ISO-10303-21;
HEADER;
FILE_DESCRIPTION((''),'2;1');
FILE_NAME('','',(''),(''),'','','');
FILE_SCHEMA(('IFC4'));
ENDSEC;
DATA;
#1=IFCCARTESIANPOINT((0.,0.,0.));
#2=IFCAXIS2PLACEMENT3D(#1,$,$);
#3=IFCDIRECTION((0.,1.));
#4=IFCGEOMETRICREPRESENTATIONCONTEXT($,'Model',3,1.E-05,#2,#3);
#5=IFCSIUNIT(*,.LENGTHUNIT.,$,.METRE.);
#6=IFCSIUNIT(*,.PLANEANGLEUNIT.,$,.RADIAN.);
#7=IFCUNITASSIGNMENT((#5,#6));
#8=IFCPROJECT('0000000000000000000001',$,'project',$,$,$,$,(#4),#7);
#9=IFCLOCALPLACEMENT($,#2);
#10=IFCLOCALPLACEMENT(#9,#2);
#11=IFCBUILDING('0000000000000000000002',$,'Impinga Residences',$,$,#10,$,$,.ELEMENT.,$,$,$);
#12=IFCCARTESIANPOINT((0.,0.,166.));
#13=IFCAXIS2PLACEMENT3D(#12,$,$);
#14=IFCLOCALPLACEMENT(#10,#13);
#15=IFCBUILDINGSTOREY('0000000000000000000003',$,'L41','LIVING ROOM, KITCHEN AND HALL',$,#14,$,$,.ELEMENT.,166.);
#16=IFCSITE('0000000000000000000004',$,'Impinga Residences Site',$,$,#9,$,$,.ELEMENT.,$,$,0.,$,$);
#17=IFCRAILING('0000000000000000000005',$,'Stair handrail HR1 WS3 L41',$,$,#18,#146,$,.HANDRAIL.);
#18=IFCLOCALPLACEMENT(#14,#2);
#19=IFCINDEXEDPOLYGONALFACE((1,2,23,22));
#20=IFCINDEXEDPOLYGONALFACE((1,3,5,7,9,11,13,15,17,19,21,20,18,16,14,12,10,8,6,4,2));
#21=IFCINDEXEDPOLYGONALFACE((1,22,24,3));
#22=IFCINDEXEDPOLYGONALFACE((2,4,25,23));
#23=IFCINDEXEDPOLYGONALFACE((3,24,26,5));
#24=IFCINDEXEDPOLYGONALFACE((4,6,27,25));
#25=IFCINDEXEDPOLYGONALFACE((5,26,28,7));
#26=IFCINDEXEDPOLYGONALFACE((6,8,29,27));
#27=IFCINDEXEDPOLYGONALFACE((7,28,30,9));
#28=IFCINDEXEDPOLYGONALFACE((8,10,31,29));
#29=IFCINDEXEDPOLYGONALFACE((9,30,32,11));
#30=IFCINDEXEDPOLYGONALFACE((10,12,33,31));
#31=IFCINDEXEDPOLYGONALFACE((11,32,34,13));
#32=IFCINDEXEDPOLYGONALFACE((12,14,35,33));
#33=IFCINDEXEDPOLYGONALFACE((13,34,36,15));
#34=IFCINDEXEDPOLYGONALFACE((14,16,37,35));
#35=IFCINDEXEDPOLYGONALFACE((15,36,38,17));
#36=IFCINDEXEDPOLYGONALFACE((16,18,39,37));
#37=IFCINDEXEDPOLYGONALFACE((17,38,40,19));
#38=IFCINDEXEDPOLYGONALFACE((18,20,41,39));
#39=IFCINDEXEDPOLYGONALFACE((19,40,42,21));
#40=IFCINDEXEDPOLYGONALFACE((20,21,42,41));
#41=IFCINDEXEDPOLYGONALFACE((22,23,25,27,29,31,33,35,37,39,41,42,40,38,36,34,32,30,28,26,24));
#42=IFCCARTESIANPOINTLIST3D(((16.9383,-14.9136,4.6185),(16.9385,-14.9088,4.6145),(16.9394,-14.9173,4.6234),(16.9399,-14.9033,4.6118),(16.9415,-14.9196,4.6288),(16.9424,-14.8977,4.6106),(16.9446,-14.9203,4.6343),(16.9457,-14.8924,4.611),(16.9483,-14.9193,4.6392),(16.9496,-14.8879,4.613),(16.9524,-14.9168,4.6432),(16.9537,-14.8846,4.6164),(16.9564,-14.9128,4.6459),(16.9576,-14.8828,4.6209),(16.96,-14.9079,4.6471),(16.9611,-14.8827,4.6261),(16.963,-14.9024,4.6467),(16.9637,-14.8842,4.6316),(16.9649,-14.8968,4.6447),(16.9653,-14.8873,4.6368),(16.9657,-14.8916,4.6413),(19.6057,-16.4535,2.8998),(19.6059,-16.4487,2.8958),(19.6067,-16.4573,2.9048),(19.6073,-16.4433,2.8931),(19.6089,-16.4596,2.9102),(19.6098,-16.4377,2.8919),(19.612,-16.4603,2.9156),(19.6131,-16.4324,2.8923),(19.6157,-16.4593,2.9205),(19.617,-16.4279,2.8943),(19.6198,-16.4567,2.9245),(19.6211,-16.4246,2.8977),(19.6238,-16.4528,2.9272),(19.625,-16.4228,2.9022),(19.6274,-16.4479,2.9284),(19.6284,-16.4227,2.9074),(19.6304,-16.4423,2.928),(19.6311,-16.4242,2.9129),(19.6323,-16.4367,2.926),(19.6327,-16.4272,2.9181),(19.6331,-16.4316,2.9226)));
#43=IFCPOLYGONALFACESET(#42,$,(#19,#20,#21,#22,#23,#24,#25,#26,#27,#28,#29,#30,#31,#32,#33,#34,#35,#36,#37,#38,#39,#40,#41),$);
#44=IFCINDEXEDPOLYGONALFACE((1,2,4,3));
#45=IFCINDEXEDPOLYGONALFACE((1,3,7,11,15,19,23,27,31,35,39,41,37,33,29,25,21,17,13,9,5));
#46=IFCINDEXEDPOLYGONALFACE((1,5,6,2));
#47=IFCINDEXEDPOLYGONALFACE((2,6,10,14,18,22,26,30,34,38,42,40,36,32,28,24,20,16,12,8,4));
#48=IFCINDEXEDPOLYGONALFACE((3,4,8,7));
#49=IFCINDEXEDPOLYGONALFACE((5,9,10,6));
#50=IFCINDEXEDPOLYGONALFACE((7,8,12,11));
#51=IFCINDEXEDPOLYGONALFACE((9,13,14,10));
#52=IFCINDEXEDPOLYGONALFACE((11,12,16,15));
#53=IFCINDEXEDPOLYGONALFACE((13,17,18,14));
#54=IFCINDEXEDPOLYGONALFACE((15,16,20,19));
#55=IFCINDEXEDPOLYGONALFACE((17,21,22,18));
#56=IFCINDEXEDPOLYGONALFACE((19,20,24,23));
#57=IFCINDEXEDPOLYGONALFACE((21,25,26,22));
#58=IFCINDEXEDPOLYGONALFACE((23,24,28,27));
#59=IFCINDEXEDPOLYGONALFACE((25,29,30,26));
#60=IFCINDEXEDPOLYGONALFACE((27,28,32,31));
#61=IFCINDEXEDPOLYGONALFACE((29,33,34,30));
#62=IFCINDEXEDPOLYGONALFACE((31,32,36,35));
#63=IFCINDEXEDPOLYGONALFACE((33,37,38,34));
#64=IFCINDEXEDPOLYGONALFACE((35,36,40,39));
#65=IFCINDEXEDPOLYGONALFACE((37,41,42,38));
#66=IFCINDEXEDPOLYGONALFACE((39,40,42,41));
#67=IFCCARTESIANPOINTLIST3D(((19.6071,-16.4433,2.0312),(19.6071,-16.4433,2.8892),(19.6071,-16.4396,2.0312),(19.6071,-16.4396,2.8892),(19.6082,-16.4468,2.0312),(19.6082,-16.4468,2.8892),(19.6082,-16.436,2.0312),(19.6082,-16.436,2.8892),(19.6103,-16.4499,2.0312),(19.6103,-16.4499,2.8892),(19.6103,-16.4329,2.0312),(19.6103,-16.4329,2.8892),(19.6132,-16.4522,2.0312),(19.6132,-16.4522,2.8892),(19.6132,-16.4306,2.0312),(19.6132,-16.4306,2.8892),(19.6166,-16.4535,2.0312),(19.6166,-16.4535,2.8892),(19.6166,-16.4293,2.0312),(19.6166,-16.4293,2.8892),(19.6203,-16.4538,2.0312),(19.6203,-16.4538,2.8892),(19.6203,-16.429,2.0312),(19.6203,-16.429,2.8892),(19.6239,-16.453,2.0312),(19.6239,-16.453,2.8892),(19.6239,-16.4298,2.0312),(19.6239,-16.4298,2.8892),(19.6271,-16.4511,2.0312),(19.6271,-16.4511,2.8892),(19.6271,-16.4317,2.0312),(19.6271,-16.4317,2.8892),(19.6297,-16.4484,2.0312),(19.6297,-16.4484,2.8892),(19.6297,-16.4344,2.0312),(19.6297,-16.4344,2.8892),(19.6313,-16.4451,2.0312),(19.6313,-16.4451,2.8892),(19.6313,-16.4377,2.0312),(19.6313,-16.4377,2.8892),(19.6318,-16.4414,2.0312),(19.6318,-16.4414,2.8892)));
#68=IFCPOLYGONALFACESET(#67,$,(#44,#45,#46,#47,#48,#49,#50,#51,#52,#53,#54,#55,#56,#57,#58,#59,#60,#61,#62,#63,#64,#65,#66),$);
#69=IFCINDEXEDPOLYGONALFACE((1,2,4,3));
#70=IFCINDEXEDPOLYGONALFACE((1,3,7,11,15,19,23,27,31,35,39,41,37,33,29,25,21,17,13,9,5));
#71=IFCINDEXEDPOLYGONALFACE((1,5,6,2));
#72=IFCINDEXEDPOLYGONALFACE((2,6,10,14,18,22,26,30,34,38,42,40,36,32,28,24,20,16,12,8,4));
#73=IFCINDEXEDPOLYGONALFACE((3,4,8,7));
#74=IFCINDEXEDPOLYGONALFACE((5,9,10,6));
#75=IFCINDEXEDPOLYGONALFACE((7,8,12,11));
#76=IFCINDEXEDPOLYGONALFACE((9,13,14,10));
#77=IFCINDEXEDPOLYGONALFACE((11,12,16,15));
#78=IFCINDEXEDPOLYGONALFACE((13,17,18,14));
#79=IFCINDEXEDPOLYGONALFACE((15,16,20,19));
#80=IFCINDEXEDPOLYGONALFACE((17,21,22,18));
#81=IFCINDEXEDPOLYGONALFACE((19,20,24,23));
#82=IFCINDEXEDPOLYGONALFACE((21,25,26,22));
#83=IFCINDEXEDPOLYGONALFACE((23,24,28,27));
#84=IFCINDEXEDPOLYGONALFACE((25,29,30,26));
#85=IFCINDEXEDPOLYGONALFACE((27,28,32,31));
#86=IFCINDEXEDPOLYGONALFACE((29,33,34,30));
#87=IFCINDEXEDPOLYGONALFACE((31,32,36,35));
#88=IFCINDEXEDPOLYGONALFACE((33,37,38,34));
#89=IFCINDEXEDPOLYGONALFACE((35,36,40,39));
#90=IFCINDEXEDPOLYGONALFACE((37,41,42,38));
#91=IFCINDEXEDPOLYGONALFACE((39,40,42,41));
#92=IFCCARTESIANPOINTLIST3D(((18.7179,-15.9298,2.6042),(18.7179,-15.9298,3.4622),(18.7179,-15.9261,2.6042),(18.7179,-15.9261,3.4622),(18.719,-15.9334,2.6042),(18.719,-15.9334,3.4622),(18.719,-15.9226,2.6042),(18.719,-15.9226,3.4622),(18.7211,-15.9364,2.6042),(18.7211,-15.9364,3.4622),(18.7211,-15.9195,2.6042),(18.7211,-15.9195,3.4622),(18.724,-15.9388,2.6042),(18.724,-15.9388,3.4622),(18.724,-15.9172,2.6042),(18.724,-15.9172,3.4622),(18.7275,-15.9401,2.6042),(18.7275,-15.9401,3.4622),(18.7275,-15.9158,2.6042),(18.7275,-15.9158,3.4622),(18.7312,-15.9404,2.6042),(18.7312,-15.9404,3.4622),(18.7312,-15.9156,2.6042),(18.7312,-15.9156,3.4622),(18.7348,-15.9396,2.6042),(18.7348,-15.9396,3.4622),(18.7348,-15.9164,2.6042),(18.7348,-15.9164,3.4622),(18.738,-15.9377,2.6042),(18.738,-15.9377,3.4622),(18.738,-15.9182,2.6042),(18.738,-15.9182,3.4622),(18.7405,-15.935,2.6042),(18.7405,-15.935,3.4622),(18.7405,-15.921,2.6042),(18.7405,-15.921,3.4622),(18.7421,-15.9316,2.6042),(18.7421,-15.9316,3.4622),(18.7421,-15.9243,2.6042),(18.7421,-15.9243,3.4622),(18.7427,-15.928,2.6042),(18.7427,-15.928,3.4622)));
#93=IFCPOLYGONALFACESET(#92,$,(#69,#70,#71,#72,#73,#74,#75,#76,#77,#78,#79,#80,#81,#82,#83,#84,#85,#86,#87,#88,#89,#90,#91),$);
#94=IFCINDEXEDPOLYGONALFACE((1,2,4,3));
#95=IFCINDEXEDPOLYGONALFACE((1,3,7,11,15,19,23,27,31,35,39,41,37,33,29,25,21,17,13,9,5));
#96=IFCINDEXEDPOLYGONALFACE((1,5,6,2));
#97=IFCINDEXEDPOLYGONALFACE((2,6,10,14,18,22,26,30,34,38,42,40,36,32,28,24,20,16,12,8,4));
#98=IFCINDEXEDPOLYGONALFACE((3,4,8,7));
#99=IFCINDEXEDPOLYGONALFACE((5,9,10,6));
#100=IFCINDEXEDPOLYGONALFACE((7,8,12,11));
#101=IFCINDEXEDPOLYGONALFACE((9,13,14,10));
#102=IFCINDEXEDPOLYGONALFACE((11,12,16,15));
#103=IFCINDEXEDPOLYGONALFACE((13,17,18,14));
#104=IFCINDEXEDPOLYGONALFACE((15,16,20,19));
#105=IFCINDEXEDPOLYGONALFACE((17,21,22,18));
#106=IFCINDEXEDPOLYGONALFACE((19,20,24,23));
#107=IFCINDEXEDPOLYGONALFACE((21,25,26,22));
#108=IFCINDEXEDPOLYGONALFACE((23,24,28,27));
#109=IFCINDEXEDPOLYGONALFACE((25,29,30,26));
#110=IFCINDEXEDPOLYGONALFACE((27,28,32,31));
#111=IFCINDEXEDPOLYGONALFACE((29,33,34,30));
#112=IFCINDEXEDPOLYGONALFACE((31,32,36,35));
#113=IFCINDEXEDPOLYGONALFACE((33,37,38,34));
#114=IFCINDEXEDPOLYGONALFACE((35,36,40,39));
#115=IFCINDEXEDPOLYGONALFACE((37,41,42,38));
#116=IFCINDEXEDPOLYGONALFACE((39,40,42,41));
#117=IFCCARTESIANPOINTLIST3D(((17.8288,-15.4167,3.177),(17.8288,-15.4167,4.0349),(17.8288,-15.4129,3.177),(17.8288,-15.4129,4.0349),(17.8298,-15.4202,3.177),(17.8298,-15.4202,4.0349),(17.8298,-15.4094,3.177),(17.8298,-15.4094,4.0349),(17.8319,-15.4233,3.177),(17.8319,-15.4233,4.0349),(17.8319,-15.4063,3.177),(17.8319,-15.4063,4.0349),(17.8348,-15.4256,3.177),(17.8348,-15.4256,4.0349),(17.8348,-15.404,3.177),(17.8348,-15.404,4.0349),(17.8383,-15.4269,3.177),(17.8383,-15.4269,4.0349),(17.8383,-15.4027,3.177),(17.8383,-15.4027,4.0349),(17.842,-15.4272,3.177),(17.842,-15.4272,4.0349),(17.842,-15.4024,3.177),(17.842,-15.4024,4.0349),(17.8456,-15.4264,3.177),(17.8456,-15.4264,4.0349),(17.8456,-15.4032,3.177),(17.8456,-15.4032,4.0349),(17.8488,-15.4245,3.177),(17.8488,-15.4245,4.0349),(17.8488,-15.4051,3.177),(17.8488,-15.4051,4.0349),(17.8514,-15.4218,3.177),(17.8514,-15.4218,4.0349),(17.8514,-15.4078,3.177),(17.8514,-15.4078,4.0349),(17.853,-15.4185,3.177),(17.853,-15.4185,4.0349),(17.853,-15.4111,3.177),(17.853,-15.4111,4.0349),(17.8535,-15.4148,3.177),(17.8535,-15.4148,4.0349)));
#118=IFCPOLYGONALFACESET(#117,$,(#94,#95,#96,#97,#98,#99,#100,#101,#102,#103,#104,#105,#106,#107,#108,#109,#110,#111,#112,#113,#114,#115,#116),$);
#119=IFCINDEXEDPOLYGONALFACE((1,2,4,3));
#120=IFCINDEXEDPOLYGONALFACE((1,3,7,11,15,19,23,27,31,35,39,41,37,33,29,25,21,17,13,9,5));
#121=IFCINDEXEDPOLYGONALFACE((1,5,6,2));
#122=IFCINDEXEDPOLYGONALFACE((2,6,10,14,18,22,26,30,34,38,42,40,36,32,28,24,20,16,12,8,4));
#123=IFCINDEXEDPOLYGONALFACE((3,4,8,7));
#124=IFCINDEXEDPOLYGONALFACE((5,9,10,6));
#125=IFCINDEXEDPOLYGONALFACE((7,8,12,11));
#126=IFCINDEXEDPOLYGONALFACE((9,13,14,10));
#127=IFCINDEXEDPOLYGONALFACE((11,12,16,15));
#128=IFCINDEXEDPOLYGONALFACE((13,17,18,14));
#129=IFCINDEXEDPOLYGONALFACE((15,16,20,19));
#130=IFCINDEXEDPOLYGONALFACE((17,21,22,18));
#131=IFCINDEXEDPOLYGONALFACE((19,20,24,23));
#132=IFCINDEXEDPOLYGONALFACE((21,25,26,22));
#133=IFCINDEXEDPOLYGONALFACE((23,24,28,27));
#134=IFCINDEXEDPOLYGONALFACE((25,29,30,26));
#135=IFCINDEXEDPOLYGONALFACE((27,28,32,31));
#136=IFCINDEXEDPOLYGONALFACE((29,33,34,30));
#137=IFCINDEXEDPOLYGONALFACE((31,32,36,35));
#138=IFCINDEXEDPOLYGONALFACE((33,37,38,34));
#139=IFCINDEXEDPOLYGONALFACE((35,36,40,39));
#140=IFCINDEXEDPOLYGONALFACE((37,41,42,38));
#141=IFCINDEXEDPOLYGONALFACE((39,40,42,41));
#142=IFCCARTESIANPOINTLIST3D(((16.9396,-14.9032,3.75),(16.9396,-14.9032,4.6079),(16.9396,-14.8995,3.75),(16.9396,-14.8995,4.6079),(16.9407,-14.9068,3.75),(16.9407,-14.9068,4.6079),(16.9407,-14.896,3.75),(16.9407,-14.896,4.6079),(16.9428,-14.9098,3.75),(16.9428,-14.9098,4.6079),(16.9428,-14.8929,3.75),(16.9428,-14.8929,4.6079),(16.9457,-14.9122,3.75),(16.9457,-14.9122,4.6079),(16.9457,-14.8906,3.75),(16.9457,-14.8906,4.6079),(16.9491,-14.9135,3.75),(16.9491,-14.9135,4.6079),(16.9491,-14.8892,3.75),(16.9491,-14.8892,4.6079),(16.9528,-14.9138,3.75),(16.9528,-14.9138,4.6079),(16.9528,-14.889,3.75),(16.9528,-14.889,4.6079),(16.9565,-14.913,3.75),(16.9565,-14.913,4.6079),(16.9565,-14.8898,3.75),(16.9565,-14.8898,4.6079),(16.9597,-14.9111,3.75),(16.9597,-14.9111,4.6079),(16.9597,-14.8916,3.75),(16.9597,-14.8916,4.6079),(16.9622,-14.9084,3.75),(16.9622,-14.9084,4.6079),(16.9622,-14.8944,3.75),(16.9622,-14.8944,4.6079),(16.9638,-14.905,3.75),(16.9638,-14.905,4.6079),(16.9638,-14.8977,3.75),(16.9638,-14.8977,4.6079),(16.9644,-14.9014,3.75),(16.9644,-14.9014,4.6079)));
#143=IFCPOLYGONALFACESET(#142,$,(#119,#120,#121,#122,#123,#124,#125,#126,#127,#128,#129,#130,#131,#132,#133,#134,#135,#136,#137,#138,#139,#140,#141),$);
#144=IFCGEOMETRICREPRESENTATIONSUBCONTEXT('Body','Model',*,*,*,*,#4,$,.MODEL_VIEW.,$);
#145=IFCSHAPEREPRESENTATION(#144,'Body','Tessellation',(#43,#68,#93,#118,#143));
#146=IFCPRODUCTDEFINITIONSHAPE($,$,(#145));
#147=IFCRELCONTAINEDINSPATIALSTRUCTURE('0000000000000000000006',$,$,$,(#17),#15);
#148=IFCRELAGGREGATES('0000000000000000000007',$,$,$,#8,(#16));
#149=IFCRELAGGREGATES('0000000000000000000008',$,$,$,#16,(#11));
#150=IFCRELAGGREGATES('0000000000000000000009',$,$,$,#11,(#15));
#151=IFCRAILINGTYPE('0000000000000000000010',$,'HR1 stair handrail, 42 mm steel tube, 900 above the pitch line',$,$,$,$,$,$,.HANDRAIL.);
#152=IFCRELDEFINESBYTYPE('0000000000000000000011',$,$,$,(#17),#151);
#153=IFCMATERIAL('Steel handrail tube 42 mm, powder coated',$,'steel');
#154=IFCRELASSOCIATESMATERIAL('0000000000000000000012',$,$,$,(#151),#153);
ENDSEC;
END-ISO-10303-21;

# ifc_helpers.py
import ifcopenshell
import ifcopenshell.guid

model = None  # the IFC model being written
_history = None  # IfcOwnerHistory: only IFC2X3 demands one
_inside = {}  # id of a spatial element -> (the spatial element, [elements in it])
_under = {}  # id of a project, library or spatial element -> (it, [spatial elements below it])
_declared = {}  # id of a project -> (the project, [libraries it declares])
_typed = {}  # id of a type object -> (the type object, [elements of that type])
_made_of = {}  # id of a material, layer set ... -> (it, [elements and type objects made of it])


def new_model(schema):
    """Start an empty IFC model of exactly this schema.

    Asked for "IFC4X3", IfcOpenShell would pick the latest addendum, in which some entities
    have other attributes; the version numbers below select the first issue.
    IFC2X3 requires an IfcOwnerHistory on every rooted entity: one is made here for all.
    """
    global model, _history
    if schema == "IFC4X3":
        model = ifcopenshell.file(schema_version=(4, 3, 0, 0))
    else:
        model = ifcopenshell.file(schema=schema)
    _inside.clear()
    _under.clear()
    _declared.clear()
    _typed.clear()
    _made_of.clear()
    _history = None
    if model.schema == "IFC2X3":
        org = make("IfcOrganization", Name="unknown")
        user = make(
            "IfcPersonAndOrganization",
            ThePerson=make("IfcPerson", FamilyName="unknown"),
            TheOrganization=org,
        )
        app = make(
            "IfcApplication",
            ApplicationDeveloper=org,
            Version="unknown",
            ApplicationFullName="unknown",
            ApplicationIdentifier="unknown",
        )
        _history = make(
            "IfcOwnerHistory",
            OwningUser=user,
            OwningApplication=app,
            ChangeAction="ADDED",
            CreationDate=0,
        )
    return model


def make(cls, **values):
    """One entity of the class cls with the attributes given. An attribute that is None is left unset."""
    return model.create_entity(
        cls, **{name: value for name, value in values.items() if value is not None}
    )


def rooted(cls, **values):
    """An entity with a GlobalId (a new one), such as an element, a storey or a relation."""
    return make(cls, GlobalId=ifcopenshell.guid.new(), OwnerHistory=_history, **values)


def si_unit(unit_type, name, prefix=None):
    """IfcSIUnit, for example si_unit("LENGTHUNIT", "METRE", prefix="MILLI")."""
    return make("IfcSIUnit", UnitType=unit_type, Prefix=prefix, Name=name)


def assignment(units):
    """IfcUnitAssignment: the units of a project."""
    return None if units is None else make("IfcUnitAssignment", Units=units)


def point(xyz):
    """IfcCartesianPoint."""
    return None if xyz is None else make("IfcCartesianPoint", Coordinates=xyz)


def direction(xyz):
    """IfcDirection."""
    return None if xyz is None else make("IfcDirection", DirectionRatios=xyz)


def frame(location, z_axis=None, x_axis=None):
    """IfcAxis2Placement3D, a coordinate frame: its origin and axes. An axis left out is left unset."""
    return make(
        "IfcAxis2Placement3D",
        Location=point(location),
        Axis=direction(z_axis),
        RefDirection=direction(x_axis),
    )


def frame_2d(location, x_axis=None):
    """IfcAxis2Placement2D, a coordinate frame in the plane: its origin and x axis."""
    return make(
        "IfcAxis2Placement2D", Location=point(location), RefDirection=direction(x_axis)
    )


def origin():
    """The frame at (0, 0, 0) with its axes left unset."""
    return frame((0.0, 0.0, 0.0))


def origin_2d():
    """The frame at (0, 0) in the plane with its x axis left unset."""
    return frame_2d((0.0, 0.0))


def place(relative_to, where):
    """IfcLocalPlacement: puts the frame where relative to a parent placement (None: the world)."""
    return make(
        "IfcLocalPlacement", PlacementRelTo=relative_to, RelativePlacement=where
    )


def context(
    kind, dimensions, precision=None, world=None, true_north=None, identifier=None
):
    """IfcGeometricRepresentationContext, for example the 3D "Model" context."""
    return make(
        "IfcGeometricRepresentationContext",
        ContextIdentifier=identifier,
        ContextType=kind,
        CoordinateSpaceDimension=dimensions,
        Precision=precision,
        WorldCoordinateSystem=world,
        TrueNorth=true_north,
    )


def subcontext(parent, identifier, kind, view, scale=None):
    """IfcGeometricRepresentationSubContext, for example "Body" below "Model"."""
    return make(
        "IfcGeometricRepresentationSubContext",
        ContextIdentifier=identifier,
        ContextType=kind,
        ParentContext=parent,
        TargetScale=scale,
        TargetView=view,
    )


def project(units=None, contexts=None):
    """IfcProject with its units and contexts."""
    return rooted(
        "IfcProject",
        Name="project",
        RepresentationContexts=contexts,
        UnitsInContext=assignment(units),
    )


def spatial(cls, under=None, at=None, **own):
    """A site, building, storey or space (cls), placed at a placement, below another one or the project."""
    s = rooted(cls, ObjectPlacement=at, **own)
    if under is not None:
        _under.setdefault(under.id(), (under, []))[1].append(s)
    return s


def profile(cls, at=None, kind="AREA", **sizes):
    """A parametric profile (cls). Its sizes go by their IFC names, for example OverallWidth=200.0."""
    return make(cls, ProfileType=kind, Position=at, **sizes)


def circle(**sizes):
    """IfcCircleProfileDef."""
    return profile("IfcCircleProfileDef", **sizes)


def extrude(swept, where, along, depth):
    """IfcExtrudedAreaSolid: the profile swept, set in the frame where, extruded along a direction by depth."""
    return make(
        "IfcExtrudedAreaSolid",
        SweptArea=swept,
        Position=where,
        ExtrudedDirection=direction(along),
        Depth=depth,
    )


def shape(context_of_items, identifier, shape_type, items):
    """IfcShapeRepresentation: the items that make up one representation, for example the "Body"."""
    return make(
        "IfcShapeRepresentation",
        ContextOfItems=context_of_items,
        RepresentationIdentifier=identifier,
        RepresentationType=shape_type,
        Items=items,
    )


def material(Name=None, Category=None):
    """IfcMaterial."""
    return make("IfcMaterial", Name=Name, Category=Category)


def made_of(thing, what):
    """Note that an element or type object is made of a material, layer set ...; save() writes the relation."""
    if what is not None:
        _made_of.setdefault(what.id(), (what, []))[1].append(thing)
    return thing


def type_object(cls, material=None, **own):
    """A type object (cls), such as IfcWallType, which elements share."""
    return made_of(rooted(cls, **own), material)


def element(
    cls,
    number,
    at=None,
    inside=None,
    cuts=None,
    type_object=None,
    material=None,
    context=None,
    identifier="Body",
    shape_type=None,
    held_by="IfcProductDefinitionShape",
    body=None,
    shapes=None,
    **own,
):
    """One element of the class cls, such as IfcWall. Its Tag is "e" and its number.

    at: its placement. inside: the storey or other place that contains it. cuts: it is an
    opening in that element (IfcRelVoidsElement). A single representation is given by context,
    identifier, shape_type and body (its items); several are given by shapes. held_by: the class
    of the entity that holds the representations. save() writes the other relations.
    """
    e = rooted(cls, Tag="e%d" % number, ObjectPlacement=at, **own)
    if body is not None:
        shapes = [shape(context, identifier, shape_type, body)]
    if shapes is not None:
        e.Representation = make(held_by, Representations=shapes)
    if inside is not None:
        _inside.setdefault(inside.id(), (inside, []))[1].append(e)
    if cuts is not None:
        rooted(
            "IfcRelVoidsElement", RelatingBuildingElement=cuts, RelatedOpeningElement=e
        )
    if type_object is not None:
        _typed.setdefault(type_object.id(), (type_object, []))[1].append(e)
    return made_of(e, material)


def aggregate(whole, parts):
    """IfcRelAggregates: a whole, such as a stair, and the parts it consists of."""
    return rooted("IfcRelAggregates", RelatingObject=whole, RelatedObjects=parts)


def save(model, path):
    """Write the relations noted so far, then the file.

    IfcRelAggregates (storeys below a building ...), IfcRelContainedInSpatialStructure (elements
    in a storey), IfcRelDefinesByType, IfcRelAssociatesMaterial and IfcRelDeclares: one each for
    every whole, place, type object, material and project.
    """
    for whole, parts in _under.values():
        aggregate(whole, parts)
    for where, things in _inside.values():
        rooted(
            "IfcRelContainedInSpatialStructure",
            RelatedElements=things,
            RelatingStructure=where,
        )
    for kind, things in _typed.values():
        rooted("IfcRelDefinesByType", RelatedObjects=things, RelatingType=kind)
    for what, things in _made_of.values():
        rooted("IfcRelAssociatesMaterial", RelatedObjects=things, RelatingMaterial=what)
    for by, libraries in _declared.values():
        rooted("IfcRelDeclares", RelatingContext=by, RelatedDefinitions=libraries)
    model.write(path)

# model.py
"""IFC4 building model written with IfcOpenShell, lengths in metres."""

from ifc_helpers import new_model, si_unit, direction, frame, origin, origin_2d, place, context, subcontext, project, spatial, circle, extrude, material, type_object, element, save


model = new_model("IFC4")

# Units and contexts
model_context = context("Model", 3, precision=1e-05, world=origin(), true_north=direction((0.0, 1.0)))
body_context = subcontext(model_context, "Body", "Model", "MODEL_VIEW")
ifc_project = project(units=[si_unit("LENGTHUNIT", "METRE"), si_unit("PLANEANGLEUNIT", "RADIAN")], contexts=[model_context])

# Site, building, storey
site_placement = place(None, origin())
site = spatial("IfcSite", under=ifc_project, at=site_placement, Name="Impinga Residences Site", CompositionType="ELEMENT", RefElevation=0.0)
building_placement = place(site_placement, origin())
building = spatial("IfcBuilding", under=site, at=building_placement, Name="Impinga Residences", CompositionType="ELEMENT")
storey_placement = place(building_placement, frame((0.0, 0.0, 166.0)))
storey = spatial("IfcBuildingStorey", under=building, at=storey_placement, Name="L41", Description="LIVING ROOM, KITCHEN AND HALL", CompositionType="ELEMENT", Elevation=166.0)

# Railing
ifc_material_1 = material(Name="Steel handrail tube 42 mm, powder coated", Category="steel")
railing_type_1 = type_object("IfcRailingType", Name="HR1 stair handrail, 42 mm steel tube, 900 above the pitch line", PredefinedType="HANDRAIL", material=ifc_material_1)
railing_1_placement = place(storey_placement, frame((19.6194, -16.4414, 2.0312)))
element("IfcRailing", 1, at=railing_1_placement, inside=storey, type_object=railing_type_1, Name="Stair handrail HR1 WS3 L41", PredefinedType="HANDRAIL", context=body_context, shape_type="SweptSolid", body=[
    extrude(circle(Radius=0.021, at=origin_2d()), frame((0.0, 0.0, 0.8789), z_axis=(-0.756256, 0.436616, 0.487282), x_axis=(-0.499992, -0.86603, 0.0)), (0.0, 0.0, 1.0), 3.5271),
    extrude(circle(Radius=0.0125, at=origin_2d()), origin(), (0.0, 0.0, 1.0), 0.8579),
    extrude(circle(Radius=0.0125, at=origin_2d()), frame((-0.8892, 0.5134, 0.573)), (0.0, 0.0, 1.0), 0.8579),
    extrude(circle(Radius=0.0125, at=origin_2d()), frame((-1.7783, 1.0266, 1.1458)), (0.0, 0.0, 1.0), 0.8579),
    extrude(circle(Radius=0.0125, at=origin_2d()), frame((-2.6675, 1.54, 1.7188)), (0.0, 0.0, 1.0), 0.8579),
])

save(model, "model.ifc")
